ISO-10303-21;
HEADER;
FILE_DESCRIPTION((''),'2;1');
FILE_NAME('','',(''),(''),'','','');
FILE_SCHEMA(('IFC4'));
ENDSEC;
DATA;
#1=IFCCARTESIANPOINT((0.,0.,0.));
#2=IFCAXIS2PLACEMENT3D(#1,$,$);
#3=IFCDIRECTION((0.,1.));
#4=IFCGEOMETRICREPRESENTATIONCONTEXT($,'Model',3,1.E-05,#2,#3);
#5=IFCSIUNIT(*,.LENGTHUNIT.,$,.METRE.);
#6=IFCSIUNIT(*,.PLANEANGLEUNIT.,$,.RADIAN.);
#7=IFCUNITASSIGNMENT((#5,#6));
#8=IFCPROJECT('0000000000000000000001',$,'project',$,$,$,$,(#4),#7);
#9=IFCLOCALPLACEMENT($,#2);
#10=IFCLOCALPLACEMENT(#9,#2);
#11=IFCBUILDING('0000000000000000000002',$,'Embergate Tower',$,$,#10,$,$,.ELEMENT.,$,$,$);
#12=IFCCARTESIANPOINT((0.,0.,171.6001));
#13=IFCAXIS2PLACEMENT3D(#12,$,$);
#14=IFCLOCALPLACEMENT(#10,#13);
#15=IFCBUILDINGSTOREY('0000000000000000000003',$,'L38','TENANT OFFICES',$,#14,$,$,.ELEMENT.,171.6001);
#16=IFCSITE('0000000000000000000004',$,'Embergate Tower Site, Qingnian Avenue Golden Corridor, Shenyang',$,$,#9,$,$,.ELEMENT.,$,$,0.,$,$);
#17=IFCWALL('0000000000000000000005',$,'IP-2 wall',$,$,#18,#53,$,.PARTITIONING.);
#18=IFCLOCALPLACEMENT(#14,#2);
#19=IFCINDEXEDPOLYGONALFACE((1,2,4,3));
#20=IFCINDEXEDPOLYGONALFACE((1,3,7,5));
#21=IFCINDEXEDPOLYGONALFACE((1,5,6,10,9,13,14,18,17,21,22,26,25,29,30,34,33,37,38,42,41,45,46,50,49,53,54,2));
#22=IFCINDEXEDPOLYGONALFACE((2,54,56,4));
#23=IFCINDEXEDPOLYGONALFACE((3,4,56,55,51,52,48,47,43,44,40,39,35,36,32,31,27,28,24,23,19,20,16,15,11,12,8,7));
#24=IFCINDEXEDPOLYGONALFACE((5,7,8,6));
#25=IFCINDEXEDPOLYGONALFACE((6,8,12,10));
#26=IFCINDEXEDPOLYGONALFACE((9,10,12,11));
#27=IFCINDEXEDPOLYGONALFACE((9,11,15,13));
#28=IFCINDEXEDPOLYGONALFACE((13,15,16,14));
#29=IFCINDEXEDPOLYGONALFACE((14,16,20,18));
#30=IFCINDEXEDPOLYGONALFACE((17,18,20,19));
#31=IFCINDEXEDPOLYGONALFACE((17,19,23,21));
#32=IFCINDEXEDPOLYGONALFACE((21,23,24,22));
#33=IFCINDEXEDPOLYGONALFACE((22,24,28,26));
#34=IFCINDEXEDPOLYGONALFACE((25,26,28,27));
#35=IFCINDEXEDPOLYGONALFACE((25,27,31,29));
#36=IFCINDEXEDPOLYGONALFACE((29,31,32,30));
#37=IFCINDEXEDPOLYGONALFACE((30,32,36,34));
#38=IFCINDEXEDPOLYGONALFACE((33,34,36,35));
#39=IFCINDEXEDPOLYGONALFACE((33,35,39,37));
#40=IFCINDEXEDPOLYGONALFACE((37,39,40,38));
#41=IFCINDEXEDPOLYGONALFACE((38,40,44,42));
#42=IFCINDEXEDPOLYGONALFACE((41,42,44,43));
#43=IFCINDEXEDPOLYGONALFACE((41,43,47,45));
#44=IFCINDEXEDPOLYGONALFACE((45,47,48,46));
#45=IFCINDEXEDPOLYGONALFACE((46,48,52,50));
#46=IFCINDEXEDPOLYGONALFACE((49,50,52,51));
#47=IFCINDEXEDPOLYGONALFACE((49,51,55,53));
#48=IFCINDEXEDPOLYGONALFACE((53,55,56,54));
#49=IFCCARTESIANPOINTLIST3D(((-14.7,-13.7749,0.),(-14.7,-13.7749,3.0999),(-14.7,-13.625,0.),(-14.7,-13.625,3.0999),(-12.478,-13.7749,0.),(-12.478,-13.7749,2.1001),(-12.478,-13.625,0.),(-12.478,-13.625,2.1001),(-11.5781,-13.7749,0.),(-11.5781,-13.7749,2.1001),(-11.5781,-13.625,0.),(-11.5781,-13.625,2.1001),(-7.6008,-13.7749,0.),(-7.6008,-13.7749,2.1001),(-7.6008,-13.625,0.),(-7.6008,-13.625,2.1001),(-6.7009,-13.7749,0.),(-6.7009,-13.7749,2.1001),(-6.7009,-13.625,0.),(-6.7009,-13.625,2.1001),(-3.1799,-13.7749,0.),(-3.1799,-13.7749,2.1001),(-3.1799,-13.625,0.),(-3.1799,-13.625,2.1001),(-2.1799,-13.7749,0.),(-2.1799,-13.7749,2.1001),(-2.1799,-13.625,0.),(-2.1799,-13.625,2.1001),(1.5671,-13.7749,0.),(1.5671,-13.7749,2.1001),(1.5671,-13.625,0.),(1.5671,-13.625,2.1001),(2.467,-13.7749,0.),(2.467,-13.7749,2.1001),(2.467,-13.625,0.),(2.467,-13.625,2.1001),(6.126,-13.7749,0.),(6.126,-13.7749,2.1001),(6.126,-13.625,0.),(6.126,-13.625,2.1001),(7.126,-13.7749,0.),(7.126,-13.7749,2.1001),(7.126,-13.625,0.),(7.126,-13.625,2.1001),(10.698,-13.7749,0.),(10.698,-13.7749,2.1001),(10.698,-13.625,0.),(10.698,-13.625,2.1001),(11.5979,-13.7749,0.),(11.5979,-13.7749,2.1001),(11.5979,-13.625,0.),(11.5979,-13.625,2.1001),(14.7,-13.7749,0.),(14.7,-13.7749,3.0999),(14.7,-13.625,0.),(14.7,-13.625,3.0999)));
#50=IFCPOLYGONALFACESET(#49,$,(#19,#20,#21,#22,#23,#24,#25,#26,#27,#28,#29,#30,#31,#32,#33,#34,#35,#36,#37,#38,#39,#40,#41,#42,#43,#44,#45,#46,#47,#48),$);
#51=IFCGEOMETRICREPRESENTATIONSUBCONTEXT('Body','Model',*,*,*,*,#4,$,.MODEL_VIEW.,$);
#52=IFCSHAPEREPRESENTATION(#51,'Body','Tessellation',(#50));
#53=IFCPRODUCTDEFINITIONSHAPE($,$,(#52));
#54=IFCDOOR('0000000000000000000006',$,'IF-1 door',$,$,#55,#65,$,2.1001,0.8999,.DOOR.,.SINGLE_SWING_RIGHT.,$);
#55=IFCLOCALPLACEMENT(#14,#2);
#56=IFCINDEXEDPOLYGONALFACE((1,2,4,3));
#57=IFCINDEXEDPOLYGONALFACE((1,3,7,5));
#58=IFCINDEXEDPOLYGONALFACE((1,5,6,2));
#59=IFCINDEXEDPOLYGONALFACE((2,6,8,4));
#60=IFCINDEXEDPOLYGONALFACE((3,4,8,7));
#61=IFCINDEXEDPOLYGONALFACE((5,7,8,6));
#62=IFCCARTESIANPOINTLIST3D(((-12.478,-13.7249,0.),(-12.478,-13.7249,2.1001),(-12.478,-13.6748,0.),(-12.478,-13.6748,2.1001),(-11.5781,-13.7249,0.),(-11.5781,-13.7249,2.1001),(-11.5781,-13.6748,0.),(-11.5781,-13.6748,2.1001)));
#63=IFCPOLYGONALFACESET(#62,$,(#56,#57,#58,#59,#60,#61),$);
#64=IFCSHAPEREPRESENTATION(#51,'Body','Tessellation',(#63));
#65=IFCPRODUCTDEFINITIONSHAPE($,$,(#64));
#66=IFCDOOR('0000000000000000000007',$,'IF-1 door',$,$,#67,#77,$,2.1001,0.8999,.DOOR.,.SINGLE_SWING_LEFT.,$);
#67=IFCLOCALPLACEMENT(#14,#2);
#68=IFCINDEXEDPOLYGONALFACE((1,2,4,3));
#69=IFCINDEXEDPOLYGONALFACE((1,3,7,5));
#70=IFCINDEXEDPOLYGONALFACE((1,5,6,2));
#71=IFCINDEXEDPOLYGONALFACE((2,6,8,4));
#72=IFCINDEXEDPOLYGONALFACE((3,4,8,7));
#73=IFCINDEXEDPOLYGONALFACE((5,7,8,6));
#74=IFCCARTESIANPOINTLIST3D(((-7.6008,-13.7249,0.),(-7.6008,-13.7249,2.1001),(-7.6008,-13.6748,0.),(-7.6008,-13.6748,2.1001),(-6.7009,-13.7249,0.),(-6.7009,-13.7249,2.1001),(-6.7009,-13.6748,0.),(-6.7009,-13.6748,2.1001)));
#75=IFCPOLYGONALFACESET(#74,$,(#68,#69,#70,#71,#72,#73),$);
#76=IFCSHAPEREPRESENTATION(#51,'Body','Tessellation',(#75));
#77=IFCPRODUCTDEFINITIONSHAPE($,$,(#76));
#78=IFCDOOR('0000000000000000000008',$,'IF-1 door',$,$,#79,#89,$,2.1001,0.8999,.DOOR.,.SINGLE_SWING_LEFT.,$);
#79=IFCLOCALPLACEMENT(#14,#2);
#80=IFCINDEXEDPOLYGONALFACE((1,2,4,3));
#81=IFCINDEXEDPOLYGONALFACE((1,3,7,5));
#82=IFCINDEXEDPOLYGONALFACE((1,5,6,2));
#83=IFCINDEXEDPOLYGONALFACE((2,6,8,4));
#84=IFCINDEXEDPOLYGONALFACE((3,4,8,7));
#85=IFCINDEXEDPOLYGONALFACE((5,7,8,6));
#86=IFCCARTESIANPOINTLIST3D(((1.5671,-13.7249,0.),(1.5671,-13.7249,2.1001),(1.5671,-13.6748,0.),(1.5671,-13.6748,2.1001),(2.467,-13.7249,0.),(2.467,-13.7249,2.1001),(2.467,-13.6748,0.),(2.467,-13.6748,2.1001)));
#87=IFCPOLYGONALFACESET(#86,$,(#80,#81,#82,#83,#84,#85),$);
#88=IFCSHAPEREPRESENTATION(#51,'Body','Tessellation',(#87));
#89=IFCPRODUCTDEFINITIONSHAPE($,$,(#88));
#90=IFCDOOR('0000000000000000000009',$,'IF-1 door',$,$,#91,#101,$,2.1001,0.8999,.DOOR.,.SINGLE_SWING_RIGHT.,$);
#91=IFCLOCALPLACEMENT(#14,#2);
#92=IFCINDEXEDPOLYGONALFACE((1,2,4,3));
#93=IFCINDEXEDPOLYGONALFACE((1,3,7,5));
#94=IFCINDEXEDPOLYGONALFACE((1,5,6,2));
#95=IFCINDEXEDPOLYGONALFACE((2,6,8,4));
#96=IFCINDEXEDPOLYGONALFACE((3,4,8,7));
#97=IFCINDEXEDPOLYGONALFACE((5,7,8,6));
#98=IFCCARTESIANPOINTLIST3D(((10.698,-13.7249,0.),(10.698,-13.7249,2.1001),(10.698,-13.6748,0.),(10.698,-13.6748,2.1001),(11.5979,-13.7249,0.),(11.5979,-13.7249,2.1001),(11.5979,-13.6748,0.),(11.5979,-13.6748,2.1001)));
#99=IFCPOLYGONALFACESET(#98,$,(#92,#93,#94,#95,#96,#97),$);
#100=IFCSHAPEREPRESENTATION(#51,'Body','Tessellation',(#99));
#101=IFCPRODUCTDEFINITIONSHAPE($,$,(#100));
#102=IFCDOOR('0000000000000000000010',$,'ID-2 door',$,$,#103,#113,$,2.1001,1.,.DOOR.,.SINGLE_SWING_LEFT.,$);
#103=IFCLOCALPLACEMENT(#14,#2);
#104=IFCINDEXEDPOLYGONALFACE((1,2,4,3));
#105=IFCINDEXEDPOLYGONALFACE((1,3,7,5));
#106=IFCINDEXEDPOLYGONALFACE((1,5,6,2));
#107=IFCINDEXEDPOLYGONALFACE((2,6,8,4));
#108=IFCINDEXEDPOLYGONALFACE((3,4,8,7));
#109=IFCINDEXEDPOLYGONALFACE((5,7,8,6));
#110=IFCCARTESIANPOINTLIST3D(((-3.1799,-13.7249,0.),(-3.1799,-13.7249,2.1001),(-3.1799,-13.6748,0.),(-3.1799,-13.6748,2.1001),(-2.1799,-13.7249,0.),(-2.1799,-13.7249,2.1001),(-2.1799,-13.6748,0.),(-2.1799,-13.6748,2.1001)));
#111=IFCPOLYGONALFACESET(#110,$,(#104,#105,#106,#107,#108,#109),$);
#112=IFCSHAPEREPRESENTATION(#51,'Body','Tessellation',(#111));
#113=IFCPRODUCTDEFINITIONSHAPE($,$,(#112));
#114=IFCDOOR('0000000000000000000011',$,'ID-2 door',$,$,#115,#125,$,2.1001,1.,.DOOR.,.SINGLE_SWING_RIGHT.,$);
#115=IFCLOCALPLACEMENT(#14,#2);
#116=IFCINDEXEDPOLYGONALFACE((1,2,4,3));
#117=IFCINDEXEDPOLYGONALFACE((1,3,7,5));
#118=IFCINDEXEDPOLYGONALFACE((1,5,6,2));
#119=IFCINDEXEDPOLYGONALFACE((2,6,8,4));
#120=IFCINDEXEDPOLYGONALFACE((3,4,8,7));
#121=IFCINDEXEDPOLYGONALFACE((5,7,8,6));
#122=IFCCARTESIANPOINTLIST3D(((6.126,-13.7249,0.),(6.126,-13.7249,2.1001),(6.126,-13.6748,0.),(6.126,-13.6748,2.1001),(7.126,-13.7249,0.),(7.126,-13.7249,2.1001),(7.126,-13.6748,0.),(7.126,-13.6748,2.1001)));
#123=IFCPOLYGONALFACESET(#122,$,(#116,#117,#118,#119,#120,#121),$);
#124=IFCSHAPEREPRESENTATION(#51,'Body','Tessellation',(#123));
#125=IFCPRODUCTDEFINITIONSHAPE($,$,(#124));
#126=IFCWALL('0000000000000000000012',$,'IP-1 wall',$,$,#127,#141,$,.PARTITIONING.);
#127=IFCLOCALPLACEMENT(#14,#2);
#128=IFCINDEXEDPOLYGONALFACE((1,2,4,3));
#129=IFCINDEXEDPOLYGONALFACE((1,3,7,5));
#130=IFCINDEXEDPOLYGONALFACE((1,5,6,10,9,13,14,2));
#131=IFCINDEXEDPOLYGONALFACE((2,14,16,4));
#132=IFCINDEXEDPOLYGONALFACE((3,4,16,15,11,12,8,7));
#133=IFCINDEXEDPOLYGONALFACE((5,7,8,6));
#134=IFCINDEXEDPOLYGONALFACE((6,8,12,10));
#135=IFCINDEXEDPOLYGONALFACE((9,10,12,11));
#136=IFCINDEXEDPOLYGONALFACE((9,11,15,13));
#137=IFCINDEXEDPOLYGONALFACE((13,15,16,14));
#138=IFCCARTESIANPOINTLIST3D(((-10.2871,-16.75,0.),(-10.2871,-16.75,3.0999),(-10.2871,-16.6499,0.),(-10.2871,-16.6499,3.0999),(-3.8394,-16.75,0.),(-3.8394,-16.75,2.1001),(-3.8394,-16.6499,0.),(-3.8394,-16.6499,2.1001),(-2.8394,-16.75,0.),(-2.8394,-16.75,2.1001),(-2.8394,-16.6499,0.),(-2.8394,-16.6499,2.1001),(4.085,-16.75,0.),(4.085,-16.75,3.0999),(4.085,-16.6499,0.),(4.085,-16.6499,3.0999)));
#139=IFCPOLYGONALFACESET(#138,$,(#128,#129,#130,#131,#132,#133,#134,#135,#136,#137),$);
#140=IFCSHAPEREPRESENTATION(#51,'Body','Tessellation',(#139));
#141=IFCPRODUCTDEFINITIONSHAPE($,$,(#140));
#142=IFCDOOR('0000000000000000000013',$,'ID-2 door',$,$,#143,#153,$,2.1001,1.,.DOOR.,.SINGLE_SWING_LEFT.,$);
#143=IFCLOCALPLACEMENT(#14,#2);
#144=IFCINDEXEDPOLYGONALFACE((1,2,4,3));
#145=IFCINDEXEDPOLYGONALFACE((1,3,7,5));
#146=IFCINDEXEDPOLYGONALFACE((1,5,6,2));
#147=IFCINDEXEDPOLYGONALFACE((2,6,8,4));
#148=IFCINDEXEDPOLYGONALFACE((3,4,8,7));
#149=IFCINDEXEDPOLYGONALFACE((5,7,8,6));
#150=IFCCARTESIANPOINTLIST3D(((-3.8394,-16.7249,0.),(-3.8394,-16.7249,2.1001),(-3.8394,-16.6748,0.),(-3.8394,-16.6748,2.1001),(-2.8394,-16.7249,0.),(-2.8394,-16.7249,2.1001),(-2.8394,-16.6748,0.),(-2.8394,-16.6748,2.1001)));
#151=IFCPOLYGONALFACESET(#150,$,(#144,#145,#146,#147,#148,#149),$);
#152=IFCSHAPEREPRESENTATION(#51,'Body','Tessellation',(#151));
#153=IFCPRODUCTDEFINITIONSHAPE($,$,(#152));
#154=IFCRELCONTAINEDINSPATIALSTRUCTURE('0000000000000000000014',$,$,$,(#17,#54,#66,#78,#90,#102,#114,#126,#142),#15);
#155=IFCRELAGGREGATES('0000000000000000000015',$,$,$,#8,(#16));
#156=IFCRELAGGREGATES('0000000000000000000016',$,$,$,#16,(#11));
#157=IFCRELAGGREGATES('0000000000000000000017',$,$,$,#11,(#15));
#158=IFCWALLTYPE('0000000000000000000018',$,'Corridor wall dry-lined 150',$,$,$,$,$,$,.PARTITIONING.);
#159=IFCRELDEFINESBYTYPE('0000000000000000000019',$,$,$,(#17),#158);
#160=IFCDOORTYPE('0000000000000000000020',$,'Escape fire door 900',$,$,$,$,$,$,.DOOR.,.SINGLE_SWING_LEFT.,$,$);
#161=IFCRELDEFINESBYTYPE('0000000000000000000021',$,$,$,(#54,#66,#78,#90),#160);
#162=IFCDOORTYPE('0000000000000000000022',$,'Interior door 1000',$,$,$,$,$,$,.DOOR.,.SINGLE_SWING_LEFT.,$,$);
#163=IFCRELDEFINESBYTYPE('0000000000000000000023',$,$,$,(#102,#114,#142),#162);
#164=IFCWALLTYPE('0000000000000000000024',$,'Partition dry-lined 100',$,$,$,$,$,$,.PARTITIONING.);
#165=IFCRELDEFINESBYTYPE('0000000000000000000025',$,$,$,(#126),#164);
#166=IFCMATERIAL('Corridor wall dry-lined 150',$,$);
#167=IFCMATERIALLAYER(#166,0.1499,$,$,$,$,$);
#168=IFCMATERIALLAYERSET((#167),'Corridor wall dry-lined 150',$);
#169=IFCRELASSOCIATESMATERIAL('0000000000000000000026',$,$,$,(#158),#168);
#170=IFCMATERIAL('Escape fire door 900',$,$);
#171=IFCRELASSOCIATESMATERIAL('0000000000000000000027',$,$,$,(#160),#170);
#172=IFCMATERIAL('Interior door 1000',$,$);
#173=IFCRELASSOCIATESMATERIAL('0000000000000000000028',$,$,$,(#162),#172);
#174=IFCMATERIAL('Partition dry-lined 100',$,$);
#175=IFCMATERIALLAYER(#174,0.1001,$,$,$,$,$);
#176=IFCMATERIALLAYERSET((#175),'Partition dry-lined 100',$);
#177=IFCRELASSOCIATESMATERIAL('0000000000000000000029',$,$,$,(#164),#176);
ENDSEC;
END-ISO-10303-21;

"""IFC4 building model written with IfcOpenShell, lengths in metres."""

from ifc_helpers import new_model, si_unit, direction, frame, frame_2d, origin, place, context, subcontext, project, spatial, rectangle, extrude, source, transform, mapped, material, layer, layer_set, type_object, element, fill, save


model = new_model("IFC4")

# Units and contexts
model_context = context("Model", 3, precision=1e-05, world=origin(), true_north=direction((0.0, 1.0)))
body_context = subcontext(model_context, "Body", "Model", "MODEL_VIEW")
ifc_project = project(units=[si_unit("LENGTHUNIT", "METRE"), si_unit("PLANEANGLEUNIT", "RADIAN")], contexts=[model_context])

# Site, building, storey
site_placement = place(None, origin())
site = spatial("IfcSite", under=ifc_project, at=site_placement, Name="Embergate Tower Site, Qingnian Avenue Golden Corridor, Shenyang", CompositionType="ELEMENT", RefElevation=0.0)
building_placement = place(site_placement, origin())
building = spatial("IfcBuilding", under=site, at=building_placement, Name="Embergate Tower", CompositionType="ELEMENT")
storey_placement = place(building_placement, frame((0.0, 0.0, 171.6001)))
storey = spatial("IfcBuildingStorey", under=building, at=storey_placement, Name="L38", Description="TENANT OFFICES", CompositionType="ELEMENT", Elevation=171.6001)

# Wall, openings, doors
shared_shape_1 = source(origin(), body_context, "Body", "SweptSolid", [
    extrude(rectangle(XDim=1.0, YDim=2.1001, at=frame_2d((0.5, 1.05))), frame((0.0, 0.0249, 0.0), z_axis=(0.0, -1.0, 0.0), x_axis=(1.0, 0.0, 0.0)), (0.0, 0.0, 1.0), 0.05),
])
ifc_material_1 = material(Name="Corridor wall dry-lined 150")
ifc_layer_1 = layer(ifc_material_1, 0.1499)
ifc_layer_set_1 = layer_set([ifc_layer_1], Name="Corridor wall dry-lined 150")
wall_type_1 = type_object("IfcWallType", Name="Corridor wall dry-lined 150", PredefinedType="PARTITIONING", material=ifc_layer_set_1)
shared_shape_2 = source(origin(), body_context, "Body", "SweptSolid", [
    extrude(rectangle(XDim=29.3999, YDim=0.1499, at=frame_2d((14.7, 0.0))), origin(), (0.0, 0.0, 1.0), 3.0999),
])
wall_1_placement = place(storey_placement, frame((14.7, -13.7, 0.0), z_axis=(0.0, 0.0, 1.0), x_axis=(-1.0, 0.0, 0.0)))
wall_1 = element("IfcWall", 1, at=wall_1_placement, inside=storey, type_object=wall_type_1, Name="IP-2 wall", PredefinedType="PARTITIONING", context=body_context, shape_type="MappedRepresentation", body=[
    mapped(shared_shape_2, transform((0.0, 0.0, 0.0))),
])
shared_shape_3 = source(origin(), body_context, "Body", "SweptSolid", [
    extrude(rectangle(XDim=0.8999, YDim=2.1001, at=frame_2d((0.45, 1.05))), frame((0.0, 0.085, 0.0), z_axis=(0.0, -1.0, 0.0), x_axis=(1.0, 0.0, 0.0)), (0.0, 0.0, 1.0), 0.1699),
])
opening_1_placement = place(wall_1_placement, frame((26.2781, 0.0, 0.0)))
opening_1 = element("IfcOpeningElement", 2, at=opening_1_placement, cuts=wall_1, PredefinedType="OPENING", context=body_context, shape_type="MappedRepresentation", body=[
    mapped(shared_shape_3, transform((0.0, 0.0, 0.0))),
])
opening_2_placement = place(wall_1_placement, frame((21.4009, 0.0, 0.0)))
opening_2 = element("IfcOpeningElement", 3, at=opening_2_placement, cuts=wall_1, PredefinedType="OPENING", context=body_context, shape_type="MappedRepresentation", body=[
    mapped(shared_shape_3, transform((0.0, 0.0, 0.0))),
])
shared_shape_4 = source(origin(), body_context, "Body", "SweptSolid", [
    extrude(rectangle(XDim=1.0, YDim=2.1001, at=frame_2d((0.5, 1.05))), frame((0.0, 0.085, 0.0), z_axis=(0.0, -1.0, 0.0), x_axis=(1.0, 0.0, 0.0)), (0.0, 0.0, 1.0), 0.1699),
])
opening_3_placement = place(wall_1_placement, frame((16.8799, 0.0, 0.0)))
opening_3 = element("IfcOpeningElement", 4, at=opening_3_placement, cuts=wall_1, PredefinedType="OPENING", context=body_context, shape_type="MappedRepresentation", body=[
    mapped(shared_shape_4, transform((0.0, 0.0, 0.0))),
])
opening_4_placement = place(wall_1_placement, frame((12.2329, 0.0, 0.0)))
opening_4 = element("IfcOpeningElement", 5, at=opening_4_placement, cuts=wall_1, PredefinedType="OPENING", context=body_context, shape_type="MappedRepresentation", body=[
    mapped(shared_shape_3, transform((0.0, 0.0, 0.0))),
])
opening_5_placement = place(wall_1_placement, frame((7.574, 0.0, 0.0)))
opening_5 = element("IfcOpeningElement", 6, at=opening_5_placement, cuts=wall_1, PredefinedType="OPENING", context=body_context, shape_type="MappedRepresentation", body=[
    mapped(shared_shape_4, transform((0.0, 0.0, 0.0))),
])
opening_6_placement = place(wall_1_placement, frame((3.1021, 0.0, 0.0)))
opening_6 = element("IfcOpeningElement", 7, at=opening_6_placement, cuts=wall_1, PredefinedType="OPENING", context=body_context, shape_type="MappedRepresentation", body=[
    mapped(shared_shape_3, transform((0.0, 0.0, 0.0))),
])
ifc_material_2 = material(Name="Escape fire door 900")
door_type_1 = type_object("IfcDoorType", Name="Escape fire door 900", OperationType="SINGLE_SWING_LEFT", PredefinedType="DOOR", material=ifc_material_2)
shared_shape_5 = source(origin(), body_context, "Body", "SweptSolid", [
    extrude(rectangle(XDim=0.8999, YDim=2.1001, at=frame_2d((0.45, 1.05))), frame((0.0, 0.0249, 0.0), z_axis=(0.0, -1.0, 0.0), x_axis=(1.0, 0.0, 0.0)), (0.0, 0.0, 1.0), 0.05),
])
door_1_placement = place(opening_1_placement, origin())
door_1 = element("IfcDoor", 8, at=door_1_placement, inside=storey, type_object=door_type_1, Name="IF-1 door", OperationType="SINGLE_SWING_RIGHT", OverallHeight=2.1001, OverallWidth=0.8999, PredefinedType="DOOR", context=body_context, shape_type="MappedRepresentation", body=[
    mapped(shared_shape_5, transform((0.0, 0.0, 0.0))),
])
fill(opening_1, door_1)
door_2_placement = place(opening_2_placement, origin())
door_2 = element("IfcDoor", 9, at=door_2_placement, inside=storey, type_object=door_type_1, Name="IF-1 door", OperationType="SINGLE_SWING_LEFT", OverallHeight=2.1001, OverallWidth=0.8999, PredefinedType="DOOR", context=body_context, shape_type="MappedRepresentation", body=[
    mapped(shared_shape_5, transform((0.0, 0.0, 0.0))),
])
fill(opening_2, door_2)
door_3_placement = place(opening_4_placement, origin())
door_3 = element("IfcDoor", 10, at=door_3_placement, inside=storey, type_object=door_type_1, Name="IF-1 door", OperationType="SINGLE_SWING_LEFT", OverallHeight=2.1001, OverallWidth=0.8999, PredefinedType="DOOR", context=body_context, shape_type="MappedRepresentation", body=[
    mapped(shared_shape_5, transform((0.0, 0.0, 0.0))),
])
fill(opening_4, door_3)
door_4_placement = place(opening_6_placement, origin())
door_4 = element("IfcDoor", 11, at=door_4_placement, inside=storey, type_object=door_type_1, Name="IF-1 door", OperationType="SINGLE_SWING_RIGHT", OverallHeight=2.1001, OverallWidth=0.8999, PredefinedType="DOOR", context=body_context, shape_type="MappedRepresentation", body=[
    mapped(shared_shape_5, transform((0.0, 0.0, 0.0))),
])
fill(opening_6, door_4)
ifc_material_3 = material(Name="Interior door 1000")
door_type_2 = type_object("IfcDoorType", Name="Interior door 1000", OperationType="SINGLE_SWING_LEFT", PredefinedType="DOOR", material=ifc_material_3)
door_5_placement = place(opening_3_placement, origin())
door_5 = element("IfcDoor", 12, at=door_5_placement, inside=storey, type_object=door_type_2, Name="ID-2 door", OperationType="SINGLE_SWING_LEFT", OverallHeight=2.1001, OverallWidth=1.0, PredefinedType="DOOR", context=body_context, shape_type="MappedRepresentation", body=[
    mapped(shared_shape_1, transform((0.0, 0.0, 0.0))),
])
fill(opening_3, door_5)
door_6_placement = place(opening_5_placement, origin())
door_6 = element("IfcDoor", 13, at=door_6_placement, inside=storey, type_object=door_type_2, Name="ID-2 door", OperationType="SINGLE_SWING_RIGHT", OverallHeight=2.1001, OverallWidth=1.0, PredefinedType="DOOR", context=body_context, shape_type="MappedRepresentation", body=[
    mapped(shared_shape_1, transform((0.0, 0.0, 0.0))),
])
fill(opening_5, door_6)

# Wall, opening, door
ifc_material_4 = material(Name="Partition dry-lined 100")
ifc_layer_2 = layer(ifc_material_4, 0.1001)
ifc_layer_set_2 = layer_set([ifc_layer_2], Name="Partition dry-lined 100")
wall_type_2 = type_object("IfcWallType", Name="Partition dry-lined 100", PredefinedType="PARTITIONING", material=ifc_layer_set_2)
shared_shape_6 = source(origin(), body_context, "Body", "SweptSolid", [
    extrude(rectangle(XDim=14.3721, YDim=0.1001, at=frame_2d((7.186, 0.0))), origin(), (0.0, 0.0, 1.0), 3.0999),
])
wall_2_placement = place(storey_placement, frame((4.085, -16.7, 0.0), z_axis=(0.0, 0.0, 1.0), x_axis=(-1.0, 0.0, 0.0)))
wall_2 = element("IfcWall", 14, at=wall_2_placement, inside=storey, type_object=wall_type_2, Name="IP-1 wall", PredefinedType="PARTITIONING", context=body_context, shape_type="MappedRepresentation", body=[
    mapped(shared_shape_6, transform((0.0, 0.0, 0.0))),
])
shared_shape_7 = source(origin(), body_context, "Body", "SweptSolid", [
    extrude(rectangle(XDim=1.0, YDim=2.1001, at=frame_2d((0.5, 1.05))), frame((0.0, 0.0601, 0.0), z_axis=(0.0, -1.0, 0.0), x_axis=(1.0, 0.0, 0.0)), (0.0, 0.0, 1.0), 0.1201),
])
opening_7_placement = place(wall_2_placement, frame((6.9243, 0.0, 0.0)))
opening_7 = element("IfcOpeningElement", 15, at=opening_7_placement, cuts=wall_2, PredefinedType="OPENING", context=body_context, shape_type="MappedRepresentation", body=[
    mapped(shared_shape_7, transform((0.0, 0.0, 0.0))),
])
door_7_placement = place(opening_7_placement, origin())
door_7 = element("IfcDoor", 16, at=door_7_placement, inside=storey, type_object=door_type_2, Name="ID-2 door", OperationType="SINGLE_SWING_LEFT", OverallHeight=2.1001, OverallWidth=1.0, PredefinedType="DOOR", context=body_context, shape_type="MappedRepresentation", body=[
    mapped(shared_shape_1, transform((0.0, 0.0, 0.0))),
])
fill(opening_7, door_7)

save(model, "model.ifc")
